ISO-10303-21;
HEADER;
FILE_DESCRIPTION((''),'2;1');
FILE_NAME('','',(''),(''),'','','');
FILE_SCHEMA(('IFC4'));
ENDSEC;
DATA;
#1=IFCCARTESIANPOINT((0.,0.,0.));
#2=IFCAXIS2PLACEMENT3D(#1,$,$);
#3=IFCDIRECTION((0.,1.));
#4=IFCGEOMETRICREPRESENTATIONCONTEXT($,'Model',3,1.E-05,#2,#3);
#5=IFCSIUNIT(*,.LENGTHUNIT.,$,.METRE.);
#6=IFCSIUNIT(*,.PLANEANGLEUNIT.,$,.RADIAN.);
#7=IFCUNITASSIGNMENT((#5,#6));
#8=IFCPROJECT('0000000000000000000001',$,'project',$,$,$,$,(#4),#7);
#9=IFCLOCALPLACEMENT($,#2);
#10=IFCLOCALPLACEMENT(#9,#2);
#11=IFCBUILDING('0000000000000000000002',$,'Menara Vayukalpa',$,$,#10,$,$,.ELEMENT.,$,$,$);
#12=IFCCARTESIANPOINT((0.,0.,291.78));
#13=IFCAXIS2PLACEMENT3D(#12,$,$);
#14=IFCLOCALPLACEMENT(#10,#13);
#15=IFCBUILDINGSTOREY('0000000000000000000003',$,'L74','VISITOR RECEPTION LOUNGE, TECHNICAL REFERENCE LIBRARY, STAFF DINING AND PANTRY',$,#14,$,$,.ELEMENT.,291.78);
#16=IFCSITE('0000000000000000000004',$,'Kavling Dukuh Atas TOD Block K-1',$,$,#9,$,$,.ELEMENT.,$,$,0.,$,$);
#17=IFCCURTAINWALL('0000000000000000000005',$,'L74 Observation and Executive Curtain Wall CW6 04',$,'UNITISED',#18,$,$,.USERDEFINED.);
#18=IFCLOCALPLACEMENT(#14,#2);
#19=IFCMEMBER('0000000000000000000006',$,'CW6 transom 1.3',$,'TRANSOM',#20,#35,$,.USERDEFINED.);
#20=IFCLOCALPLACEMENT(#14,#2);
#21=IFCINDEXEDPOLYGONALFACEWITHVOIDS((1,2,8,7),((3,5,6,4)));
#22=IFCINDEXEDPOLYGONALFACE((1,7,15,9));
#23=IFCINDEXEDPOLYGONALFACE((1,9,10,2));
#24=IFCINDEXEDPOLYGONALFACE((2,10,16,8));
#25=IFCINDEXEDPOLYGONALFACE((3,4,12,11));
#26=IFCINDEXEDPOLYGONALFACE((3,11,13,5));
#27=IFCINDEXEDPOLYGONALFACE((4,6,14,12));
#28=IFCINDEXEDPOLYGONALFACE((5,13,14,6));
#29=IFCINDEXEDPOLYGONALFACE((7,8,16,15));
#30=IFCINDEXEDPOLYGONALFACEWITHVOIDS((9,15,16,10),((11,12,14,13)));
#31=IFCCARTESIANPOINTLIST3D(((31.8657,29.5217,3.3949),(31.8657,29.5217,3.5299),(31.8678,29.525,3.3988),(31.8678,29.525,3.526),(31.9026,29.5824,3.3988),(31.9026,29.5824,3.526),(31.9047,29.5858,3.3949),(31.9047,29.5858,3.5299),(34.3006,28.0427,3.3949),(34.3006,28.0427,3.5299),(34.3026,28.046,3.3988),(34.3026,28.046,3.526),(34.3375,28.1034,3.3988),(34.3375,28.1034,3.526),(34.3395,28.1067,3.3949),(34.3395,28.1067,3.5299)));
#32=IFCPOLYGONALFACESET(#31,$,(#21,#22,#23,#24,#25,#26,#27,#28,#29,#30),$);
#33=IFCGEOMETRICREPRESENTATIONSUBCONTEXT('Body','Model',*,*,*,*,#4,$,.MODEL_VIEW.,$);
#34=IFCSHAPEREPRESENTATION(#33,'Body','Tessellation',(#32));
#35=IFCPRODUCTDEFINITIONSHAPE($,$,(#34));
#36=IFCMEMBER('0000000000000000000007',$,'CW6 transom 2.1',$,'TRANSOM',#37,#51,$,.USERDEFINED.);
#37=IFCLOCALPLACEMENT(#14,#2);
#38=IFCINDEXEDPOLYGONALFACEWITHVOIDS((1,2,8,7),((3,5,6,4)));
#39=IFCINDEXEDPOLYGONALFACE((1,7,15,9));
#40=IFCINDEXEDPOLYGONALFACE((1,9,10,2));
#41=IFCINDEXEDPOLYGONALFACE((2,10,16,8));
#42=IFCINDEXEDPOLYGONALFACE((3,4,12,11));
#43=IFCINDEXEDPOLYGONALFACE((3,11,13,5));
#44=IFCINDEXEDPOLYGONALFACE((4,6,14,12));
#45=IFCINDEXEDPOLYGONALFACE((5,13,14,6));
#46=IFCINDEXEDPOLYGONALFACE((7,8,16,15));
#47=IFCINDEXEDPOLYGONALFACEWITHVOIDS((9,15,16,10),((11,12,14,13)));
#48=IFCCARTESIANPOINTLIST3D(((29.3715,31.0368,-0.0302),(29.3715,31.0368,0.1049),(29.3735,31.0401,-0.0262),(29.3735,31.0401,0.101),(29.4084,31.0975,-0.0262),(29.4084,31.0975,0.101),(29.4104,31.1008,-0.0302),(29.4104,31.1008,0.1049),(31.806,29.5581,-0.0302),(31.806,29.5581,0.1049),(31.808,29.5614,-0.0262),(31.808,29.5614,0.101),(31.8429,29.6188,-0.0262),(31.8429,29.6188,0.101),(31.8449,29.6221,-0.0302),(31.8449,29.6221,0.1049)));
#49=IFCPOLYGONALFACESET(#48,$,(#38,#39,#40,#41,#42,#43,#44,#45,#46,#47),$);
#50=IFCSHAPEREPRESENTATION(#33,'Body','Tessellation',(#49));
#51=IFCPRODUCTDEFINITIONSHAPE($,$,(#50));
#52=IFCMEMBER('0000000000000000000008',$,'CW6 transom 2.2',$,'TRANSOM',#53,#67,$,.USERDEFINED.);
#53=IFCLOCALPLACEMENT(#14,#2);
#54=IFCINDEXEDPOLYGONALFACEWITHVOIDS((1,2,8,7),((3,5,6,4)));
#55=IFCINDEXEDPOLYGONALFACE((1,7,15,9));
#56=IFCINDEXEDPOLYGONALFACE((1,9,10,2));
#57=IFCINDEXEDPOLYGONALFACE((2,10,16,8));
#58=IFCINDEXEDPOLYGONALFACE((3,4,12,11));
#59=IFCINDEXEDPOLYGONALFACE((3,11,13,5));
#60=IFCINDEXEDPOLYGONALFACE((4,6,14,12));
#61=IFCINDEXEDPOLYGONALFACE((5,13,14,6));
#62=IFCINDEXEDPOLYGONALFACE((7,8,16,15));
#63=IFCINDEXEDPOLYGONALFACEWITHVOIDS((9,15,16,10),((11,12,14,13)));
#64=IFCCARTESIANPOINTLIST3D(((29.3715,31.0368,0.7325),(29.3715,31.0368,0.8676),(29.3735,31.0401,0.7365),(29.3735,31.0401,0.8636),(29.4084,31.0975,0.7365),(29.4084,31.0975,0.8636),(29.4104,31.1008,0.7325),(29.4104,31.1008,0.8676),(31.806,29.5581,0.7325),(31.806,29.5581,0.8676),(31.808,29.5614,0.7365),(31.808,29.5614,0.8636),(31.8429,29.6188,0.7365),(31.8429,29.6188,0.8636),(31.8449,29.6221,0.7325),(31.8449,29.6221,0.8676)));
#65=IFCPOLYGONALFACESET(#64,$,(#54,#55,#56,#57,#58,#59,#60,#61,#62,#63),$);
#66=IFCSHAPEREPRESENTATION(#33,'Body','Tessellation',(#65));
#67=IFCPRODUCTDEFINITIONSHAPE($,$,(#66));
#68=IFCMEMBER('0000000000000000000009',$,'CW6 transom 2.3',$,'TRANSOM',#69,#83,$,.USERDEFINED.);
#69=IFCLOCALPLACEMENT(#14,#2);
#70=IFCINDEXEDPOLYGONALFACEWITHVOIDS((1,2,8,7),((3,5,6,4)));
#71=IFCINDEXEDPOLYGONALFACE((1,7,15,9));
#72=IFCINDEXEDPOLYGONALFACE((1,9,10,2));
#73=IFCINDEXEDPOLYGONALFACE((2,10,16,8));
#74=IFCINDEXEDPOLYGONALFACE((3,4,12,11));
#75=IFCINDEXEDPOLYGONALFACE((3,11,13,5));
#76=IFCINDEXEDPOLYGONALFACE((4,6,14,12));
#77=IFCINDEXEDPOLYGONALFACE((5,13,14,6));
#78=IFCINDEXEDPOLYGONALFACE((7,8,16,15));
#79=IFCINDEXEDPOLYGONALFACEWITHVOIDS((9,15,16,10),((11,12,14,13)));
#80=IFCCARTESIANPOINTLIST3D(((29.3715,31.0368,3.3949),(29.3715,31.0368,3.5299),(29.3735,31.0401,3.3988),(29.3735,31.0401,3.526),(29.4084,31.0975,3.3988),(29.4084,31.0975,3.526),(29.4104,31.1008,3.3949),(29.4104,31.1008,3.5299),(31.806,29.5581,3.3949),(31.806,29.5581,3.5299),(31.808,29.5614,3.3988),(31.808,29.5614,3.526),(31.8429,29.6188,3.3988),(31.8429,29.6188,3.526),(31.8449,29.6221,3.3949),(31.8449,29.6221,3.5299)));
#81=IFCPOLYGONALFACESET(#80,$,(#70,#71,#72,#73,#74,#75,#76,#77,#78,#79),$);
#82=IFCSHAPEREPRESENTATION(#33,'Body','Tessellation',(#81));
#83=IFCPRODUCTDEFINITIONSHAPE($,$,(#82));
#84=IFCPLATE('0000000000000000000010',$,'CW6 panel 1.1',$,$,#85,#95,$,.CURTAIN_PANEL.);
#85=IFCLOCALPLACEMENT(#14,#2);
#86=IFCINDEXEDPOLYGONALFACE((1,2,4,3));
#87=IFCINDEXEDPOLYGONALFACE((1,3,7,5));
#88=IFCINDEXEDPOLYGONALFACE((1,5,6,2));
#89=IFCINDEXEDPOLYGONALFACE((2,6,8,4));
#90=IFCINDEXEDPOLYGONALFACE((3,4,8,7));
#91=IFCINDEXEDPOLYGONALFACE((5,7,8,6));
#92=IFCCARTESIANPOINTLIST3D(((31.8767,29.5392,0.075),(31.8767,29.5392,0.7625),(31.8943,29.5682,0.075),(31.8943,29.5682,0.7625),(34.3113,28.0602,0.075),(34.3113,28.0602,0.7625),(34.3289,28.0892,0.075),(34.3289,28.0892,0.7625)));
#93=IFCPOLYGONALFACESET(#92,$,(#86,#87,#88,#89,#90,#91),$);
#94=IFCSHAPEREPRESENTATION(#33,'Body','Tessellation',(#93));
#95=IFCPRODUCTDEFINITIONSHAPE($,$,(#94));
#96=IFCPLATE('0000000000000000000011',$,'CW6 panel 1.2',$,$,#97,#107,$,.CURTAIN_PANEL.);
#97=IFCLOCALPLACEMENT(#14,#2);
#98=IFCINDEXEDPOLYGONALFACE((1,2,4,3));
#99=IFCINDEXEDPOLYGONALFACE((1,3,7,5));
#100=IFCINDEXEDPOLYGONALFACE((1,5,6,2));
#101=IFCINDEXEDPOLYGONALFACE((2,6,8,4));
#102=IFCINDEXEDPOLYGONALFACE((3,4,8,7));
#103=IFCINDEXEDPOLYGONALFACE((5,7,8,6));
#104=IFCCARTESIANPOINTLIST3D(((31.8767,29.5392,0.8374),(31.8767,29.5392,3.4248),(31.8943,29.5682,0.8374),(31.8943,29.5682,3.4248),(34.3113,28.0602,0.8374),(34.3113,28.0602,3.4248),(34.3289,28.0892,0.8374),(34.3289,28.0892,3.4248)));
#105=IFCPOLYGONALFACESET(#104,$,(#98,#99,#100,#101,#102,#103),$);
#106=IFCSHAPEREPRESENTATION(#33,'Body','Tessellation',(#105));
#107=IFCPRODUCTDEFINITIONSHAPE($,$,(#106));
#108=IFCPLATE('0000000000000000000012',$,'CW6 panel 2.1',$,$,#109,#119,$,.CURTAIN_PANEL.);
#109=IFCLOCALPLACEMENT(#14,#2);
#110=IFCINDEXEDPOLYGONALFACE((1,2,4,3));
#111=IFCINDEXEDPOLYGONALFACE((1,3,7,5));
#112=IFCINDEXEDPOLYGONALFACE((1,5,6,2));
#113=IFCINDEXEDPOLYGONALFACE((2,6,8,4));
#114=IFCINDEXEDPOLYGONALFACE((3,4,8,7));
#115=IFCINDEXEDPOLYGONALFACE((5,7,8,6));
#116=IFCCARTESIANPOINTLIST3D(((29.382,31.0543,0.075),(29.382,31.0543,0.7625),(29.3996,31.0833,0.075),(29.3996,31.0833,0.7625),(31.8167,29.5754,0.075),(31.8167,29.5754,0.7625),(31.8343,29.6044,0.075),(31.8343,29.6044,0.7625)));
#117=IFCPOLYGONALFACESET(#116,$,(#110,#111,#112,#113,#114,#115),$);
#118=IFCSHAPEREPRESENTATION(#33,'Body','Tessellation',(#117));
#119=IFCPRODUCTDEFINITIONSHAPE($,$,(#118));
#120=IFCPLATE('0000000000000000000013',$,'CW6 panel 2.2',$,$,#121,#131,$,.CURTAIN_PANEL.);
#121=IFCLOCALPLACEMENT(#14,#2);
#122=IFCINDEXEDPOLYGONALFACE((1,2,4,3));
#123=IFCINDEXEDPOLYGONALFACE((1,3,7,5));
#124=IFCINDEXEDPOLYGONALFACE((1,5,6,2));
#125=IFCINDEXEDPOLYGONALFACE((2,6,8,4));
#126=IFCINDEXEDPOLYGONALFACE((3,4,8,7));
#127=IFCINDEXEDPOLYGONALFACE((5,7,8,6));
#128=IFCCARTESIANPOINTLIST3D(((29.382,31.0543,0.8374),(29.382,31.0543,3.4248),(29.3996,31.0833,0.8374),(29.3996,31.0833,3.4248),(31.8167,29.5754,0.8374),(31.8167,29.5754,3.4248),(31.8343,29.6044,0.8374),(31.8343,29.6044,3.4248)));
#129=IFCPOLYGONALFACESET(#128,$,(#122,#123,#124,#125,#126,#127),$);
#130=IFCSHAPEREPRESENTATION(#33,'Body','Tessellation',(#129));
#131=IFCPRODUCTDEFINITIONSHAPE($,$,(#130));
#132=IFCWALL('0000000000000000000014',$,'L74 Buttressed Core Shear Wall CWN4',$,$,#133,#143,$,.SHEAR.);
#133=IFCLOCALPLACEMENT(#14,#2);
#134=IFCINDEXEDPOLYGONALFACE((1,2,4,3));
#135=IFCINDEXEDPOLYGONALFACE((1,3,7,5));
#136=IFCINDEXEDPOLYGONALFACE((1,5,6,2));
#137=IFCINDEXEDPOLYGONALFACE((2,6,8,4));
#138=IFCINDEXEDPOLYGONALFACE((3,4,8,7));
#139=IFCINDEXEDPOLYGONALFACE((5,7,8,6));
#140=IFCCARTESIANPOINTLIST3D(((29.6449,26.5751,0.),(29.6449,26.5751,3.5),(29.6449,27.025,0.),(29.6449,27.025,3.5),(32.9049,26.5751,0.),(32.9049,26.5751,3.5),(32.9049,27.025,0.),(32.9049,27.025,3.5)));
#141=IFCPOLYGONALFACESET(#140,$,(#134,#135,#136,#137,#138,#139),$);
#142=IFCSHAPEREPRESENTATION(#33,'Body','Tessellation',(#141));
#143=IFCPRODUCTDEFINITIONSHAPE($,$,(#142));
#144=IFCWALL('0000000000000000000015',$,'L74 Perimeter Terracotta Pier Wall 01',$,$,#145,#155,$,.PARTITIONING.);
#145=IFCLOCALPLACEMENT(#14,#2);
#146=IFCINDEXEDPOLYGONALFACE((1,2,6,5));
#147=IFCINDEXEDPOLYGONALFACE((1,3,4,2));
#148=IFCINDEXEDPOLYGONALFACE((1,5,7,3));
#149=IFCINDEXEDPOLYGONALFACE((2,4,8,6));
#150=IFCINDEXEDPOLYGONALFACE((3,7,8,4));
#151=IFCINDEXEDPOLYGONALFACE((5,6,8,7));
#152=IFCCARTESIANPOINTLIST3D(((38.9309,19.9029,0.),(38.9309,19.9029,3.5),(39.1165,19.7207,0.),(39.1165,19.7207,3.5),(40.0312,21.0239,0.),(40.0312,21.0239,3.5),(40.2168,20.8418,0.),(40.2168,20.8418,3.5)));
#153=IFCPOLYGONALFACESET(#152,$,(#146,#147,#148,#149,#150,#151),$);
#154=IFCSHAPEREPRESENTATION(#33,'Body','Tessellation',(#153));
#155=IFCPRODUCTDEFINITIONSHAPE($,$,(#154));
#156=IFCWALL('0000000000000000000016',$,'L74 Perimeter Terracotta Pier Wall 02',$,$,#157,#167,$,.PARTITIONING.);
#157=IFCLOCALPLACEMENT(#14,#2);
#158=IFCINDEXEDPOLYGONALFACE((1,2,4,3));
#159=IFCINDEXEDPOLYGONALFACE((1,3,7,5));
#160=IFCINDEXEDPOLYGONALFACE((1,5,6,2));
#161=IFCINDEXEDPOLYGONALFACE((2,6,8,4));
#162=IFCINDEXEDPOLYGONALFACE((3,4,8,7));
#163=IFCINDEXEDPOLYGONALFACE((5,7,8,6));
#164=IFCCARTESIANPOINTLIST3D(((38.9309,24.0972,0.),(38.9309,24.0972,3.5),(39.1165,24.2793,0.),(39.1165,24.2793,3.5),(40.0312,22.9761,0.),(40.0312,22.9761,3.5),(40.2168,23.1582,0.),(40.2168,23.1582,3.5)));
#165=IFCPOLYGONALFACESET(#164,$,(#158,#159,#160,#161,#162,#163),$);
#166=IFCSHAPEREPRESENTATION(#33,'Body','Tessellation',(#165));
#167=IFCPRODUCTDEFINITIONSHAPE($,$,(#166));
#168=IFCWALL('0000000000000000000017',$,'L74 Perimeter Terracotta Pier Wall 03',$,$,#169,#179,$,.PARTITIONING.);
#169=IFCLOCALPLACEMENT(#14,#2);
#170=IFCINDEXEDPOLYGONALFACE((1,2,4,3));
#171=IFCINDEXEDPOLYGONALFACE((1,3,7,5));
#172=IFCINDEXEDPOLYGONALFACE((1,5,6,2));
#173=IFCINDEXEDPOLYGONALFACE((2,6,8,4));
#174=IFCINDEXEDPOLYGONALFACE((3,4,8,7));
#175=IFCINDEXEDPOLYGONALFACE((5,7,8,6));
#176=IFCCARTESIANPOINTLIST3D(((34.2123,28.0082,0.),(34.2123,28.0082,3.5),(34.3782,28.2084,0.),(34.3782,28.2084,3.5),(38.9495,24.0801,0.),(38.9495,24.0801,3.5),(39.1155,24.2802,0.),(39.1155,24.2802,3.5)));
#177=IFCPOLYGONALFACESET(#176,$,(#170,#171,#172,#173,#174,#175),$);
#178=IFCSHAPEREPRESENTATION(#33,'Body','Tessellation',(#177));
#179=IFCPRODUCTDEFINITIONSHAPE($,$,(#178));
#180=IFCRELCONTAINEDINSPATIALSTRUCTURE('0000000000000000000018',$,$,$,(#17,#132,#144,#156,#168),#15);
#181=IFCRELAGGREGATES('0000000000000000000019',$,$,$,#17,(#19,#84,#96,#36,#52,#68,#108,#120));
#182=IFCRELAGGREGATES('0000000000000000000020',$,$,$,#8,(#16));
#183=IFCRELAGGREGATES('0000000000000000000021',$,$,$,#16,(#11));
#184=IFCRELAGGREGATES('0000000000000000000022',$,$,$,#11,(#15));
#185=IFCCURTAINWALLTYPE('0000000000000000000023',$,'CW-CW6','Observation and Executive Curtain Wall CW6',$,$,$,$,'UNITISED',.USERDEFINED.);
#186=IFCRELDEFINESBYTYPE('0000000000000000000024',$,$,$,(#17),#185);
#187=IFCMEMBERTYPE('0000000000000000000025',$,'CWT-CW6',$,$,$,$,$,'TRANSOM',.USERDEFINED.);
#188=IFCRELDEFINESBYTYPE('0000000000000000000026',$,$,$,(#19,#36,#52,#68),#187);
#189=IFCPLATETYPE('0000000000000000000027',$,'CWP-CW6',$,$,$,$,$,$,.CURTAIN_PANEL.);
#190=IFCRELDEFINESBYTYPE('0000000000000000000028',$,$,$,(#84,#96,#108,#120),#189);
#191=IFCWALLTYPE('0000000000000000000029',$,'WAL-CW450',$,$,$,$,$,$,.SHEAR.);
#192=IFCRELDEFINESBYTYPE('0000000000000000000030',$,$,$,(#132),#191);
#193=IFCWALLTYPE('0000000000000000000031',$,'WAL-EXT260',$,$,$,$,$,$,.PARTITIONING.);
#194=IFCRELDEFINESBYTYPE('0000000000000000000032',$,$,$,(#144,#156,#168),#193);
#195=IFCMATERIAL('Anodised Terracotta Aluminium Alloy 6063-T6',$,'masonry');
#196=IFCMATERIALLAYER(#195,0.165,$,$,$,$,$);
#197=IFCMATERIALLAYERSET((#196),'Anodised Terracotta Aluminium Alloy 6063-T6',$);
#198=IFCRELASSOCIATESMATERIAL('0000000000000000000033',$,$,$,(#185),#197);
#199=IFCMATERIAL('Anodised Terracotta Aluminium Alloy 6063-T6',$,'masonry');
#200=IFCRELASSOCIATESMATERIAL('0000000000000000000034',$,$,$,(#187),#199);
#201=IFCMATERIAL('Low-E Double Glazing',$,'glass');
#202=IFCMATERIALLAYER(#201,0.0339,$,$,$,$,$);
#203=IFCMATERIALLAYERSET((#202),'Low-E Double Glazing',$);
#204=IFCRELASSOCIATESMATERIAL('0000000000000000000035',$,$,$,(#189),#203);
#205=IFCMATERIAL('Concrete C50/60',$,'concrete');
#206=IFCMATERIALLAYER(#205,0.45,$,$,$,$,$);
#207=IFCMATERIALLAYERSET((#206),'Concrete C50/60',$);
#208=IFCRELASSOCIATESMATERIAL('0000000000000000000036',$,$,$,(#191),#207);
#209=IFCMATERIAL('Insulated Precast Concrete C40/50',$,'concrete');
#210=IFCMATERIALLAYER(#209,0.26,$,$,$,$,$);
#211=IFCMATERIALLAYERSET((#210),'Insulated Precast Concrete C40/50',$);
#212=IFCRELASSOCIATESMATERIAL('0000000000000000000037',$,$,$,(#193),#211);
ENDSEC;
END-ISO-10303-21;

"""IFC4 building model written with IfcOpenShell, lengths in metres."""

from ifc_helpers import new_model, si_unit, direction, frame, frame_2d, origin, origin_2d, place, context, subcontext, project, spatial, rectangle, hollow_rectangle, extrude, material, layer, layer_set, material_profile, profile_set, type_object, element, aggregate, save


model = new_model("IFC4")

# Units and contexts
model_context = context("Model", 3, precision=1e-05, world=origin(), true_north=direction((0.0, 1.0)))
body_context = subcontext(model_context, "Body", "Model", "MODEL_VIEW")
ifc_project = project(units=[si_unit("LENGTHUNIT", "METRE"), si_unit("PLANEANGLEUNIT", "RADIAN")], contexts=[model_context])

# Site, building, storey
site_placement = place(None, origin())
site = spatial("IfcSite", under=ifc_project, at=site_placement, Name="Kavling Dukuh Atas TOD Block K-1", CompositionType="ELEMENT", RefElevation=0.0)
building_placement = place(site_placement, origin())
building = spatial("IfcBuilding", under=site, at=building_placement, Name="Menara Vayukalpa", CompositionType="ELEMENT")
storey_placement = place(building_placement, frame((0.0, 0.0, 291.78)))
storey = spatial("IfcBuildingStorey", under=building, at=storey_placement, Name="L74", Description="VISITOR RECEPTION LOUNGE, TECHNICAL REFERENCE LIBRARY, STAFF DINING AND PANTRY", CompositionType="ELEMENT", Elevation=291.78)

# Curtain wall
ifc_material_1 = material(Name="Anodised Terracotta Aluminium Alloy 6063-T6", Category="masonry")
ifc_layer_1 = layer(ifc_material_1, 0.165)
ifc_layer_set_1 = layer_set([ifc_layer_1], Name="Anodised Terracotta Aluminium Alloy 6063-T6")
curtain_wall_type = type_object("IfcCurtainWallType", Name="CW-CW6", Description="Observation and Executive Curtain Wall CW6", ElementType="UNITISED", PredefinedType="USERDEFINED", material=ifc_layer_set_1)
curtain_wall_1_placement = place(storey_placement, origin())
curtain_wall_1 = element("IfcCurtainWall", 1, at=curtain_wall_1_placement, inside=storey, type_object=curtain_wall_type, Name="L74 Observation and Executive Curtain Wall CW6 04", ObjectType="UNITISED", PredefinedType="USERDEFINED")

# Members
ifc_material_2 = material(Name="Anodised Terracotta Aluminium Alloy 6063-T6", Category="masonry")
ifc_material_profile_1 = material_profile(ifc_material_2, hollow_rectangle(XDim=0.075, YDim=0.135, WallThickness=0.0039, at=origin_2d()), Name="ALU 75x135x4")
ifc_profile_set_1 = profile_set([ifc_material_profile_1], Name="Anodised Terracotta Aluminium Alloy 6063-T6")
member_type_1 = type_object("IfcMemberType", Name="CWT-CW6", ElementType="TRANSOM", PredefinedType="USERDEFINED", material=ifc_profile_set_1)
member_1_placement = place(storey_placement, frame((34.3201, 28.0747, 3.4624), z_axis=(-0.854675, 0.519164, 0.0), x_axis=(-0.519164, -0.854675, 0.0)))
member_1 = element("IfcMember", 2, at=member_1_placement, type_object=member_type_1, Name="CW6 transom 1.3", ObjectType="TRANSOM", PredefinedType="USERDEFINED", context=body_context, shape_type="SweptSolid", body=[
    extrude(hollow_rectangle(XDim=0.075, YDim=0.135, WallThickness=0.0039, at=origin_2d()), origin(), (0.0, 0.0, 1.0), 2.8489),
])
member_2_placement = place(storey_placement, frame((31.8254, 29.5901, 0.0374), z_axis=(-0.85469, 0.519139, 0.0), x_axis=(-0.519139, -0.85469, 0.0)))
member_2 = element("IfcMember", 3, at=member_2_placement, type_object=member_type_1, Name="CW6 transom 2.1", ObjectType="TRANSOM", PredefinedType="USERDEFINED", context=body_context, shape_type="SweptSolid", body=[
    extrude(hollow_rectangle(XDim=0.075, YDim=0.135, WallThickness=0.0039, at=origin_2d()), origin(), (0.0, 0.0, 1.0), 2.8484),
])
member_3_placement = place(storey_placement, frame((31.8254, 29.5901, 0.8), z_axis=(-0.85469, 0.519139, 0.0), x_axis=(-0.519139, -0.85469, 0.0)))
member_3 = element("IfcMember", 4, at=member_3_placement, type_object=member_type_1, Name="CW6 transom 2.2", ObjectType="TRANSOM", PredefinedType="USERDEFINED", context=body_context, shape_type="SweptSolid", body=[
    extrude(hollow_rectangle(XDim=0.075, YDim=0.135, WallThickness=0.0039, at=origin_2d()), origin(), (0.0, 0.0, 1.0), 2.8484),
])
member_4_placement = place(storey_placement, frame((31.8254, 29.5901, 3.4624), z_axis=(-0.85469, 0.519139, 0.0), x_axis=(-0.519139, -0.85469, 0.0)))
member_4 = element("IfcMember", 5, at=member_4_placement, type_object=member_type_1, Name="CW6 transom 2.3", ObjectType="TRANSOM", PredefinedType="USERDEFINED", context=body_context, shape_type="SweptSolid", body=[
    extrude(hollow_rectangle(XDim=0.075, YDim=0.135, WallThickness=0.0039, at=origin_2d()), origin(), (0.0, 0.0, 1.0), 2.8484),
])

# Plates
ifc_material_3 = material(Name="Low-E Double Glazing", Category="glass")
ifc_layer_2 = layer(ifc_material_3, 0.0339)
ifc_layer_set_2 = layer_set([ifc_layer_2], Name="Low-E Double Glazing")
plate_type = type_object("IfcPlateType", Name="CWP-CW6", PredefinedType="CURTAIN_PANEL", material=ifc_layer_set_2)
plate_1_placement = place(storey_placement, frame((33.1028, 28.8142, 0.075), z_axis=(0.0, 0.0, 1.0), x_axis=(-0.854668, 0.519176, 0.0)))
plate_1 = element("IfcPlate", 6, at=plate_1_placement, type_object=plate_type, Name="CW6 panel 1.1", PredefinedType="CURTAIN_PANEL", context=body_context, shape_type="SweptSolid", body=[
    extrude(rectangle(XDim=2.8486, YDim=0.0339, at=origin_2d()), origin(), (0.0, 0.0, 1.0), 0.6875),
])
plate_2_placement = place(storey_placement, frame((33.1028, 28.8142, 0.8374), z_axis=(0.0, 0.0, 1.0), x_axis=(-0.854668, 0.519176, 0.0)))
plate_2 = element("IfcPlate", 7, at=plate_2_placement, type_object=plate_type, Name="CW6 panel 1.2", PredefinedType="CURTAIN_PANEL", context=body_context, shape_type="SweptSolid", body=[
    extrude(rectangle(XDim=2.8486, YDim=0.0339, at=origin_2d()), origin(), (0.0, 0.0, 1.0), 2.5874),
])
plate_3_placement = place(storey_placement, frame((30.6082, 30.3293, 0.075), z_axis=(0.0, 0.0, 1.0), x_axis=(-0.854668, 0.519176, 0.0)))
plate_3 = element("IfcPlate", 8, at=plate_3_placement, type_object=plate_type, Name="CW6 panel 2.1", PredefinedType="CURTAIN_PANEL", context=body_context, shape_type="SweptSolid", body=[
    extrude(rectangle(XDim=2.8486, YDim=0.0339, at=origin_2d()), origin(), (0.0, 0.0, 1.0), 0.6875),
])
plate_4_placement = place(storey_placement, frame((30.6082, 30.3293, 0.8374), z_axis=(0.0, 0.0, 1.0), x_axis=(-0.854668, 0.519176, 0.0)))
plate_4 = element("IfcPlate", 9, at=plate_4_placement, type_object=plate_type, Name="CW6 panel 2.2", PredefinedType="CURTAIN_PANEL", context=body_context, shape_type="SweptSolid", body=[
    extrude(rectangle(XDim=2.8486, YDim=0.0339, at=origin_2d()), origin(), (0.0, 0.0, 1.0), 2.5874),
])
aggregate(curtain_wall_1, [member_1, plate_1, plate_2, member_2, member_3, member_4, plate_3, plate_4])

# Walls
ifc_material_4 = material(Name="Concrete C50/60", Category="concrete")
ifc_layer_3 = layer(ifc_material_4, 0.45)
ifc_layer_set_3 = layer_set([ifc_layer_3], Name="Concrete C50/60")
wall_type_1 = type_object("IfcWallType", Name="WAL-CW450", PredefinedType="SHEAR", material=ifc_layer_set_3)
wall_1_placement = place(storey_placement, frame((29.645, 26.8, 0.0), z_axis=(0.0, 0.0, 1.0), x_axis=(1.0, 0.0, 0.0)))
element("IfcWall", 10, at=wall_1_placement, inside=storey, type_object=wall_type_1, Name="L74 Buttressed Core Shear Wall CWN4", PredefinedType="SHEAR", context=body_context, shape_type="SweptSolid", body=[
    extrude(rectangle(XDim=3.26, YDim=0.45, at=frame_2d((1.6299, 0.0))), origin(), (0.0, 0.0, 1.0), 3.5),
])
ifc_material_5 = material(Name="Insulated Precast Concrete C40/50", Category="concrete")
ifc_layer_4 = layer(ifc_material_5, 0.26)
ifc_layer_set_4 = layer_set([ifc_layer_4], Name="Insulated Precast Concrete C40/50")
wall_type_2 = type_object("IfcWallType", Name="WAL-EXT260", PredefinedType="PARTITIONING", material=ifc_layer_set_4)
for number, where, z_axis, x_axis, name in (
    (11, (40.124, 20.9329, 0.0), (0.0, 0.0, 1.0), (-0.700471, -0.713681, 0.0), "L74 Perimeter Terracotta Pier Wall 01"),
    (12, (39.0237, 24.1882, 0.0), (0.0, 0.0, 1.0), (0.700471, -0.713681, 0.0), "L74 Perimeter Terracotta Pier Wall 02"),
):
    element("IfcWall", number, at=place(storey_placement, frame(where, z_axis=z_axis, x_axis=x_axis)), inside=storey, type_object=wall_type_2, Name=name, PredefinedType="PARTITIONING", context=body_context, shape_type="SweptSolid", body=[
        extrude(rectangle(XDim=1.5708, YDim=0.26, at=frame_2d((0.7854, 0.0))), origin(), (0.0, 0.0, 1.0), 3.5),
    ])
wall_2_placement = place(storey_placement, frame((34.2952, 28.1084, 0.0), z_axis=(0.0, 0.0, 1.0), x_axis=(0.76978, -0.638309, 0.0)))
element("IfcWall", 13, at=wall_2_placement, inside=storey, type_object=wall_type_2, Name="L74 Perimeter Terracotta Pier Wall 03", PredefinedType="PARTITIONING", context=body_context, shape_type="SweptSolid", body=[
    extrude(rectangle(XDim=6.1541, YDim=0.26, at=frame_2d((3.0771, 0.0))), origin(), (0.0, 0.0, 1.0), 3.5),
])

save(model, "model.ifc")
